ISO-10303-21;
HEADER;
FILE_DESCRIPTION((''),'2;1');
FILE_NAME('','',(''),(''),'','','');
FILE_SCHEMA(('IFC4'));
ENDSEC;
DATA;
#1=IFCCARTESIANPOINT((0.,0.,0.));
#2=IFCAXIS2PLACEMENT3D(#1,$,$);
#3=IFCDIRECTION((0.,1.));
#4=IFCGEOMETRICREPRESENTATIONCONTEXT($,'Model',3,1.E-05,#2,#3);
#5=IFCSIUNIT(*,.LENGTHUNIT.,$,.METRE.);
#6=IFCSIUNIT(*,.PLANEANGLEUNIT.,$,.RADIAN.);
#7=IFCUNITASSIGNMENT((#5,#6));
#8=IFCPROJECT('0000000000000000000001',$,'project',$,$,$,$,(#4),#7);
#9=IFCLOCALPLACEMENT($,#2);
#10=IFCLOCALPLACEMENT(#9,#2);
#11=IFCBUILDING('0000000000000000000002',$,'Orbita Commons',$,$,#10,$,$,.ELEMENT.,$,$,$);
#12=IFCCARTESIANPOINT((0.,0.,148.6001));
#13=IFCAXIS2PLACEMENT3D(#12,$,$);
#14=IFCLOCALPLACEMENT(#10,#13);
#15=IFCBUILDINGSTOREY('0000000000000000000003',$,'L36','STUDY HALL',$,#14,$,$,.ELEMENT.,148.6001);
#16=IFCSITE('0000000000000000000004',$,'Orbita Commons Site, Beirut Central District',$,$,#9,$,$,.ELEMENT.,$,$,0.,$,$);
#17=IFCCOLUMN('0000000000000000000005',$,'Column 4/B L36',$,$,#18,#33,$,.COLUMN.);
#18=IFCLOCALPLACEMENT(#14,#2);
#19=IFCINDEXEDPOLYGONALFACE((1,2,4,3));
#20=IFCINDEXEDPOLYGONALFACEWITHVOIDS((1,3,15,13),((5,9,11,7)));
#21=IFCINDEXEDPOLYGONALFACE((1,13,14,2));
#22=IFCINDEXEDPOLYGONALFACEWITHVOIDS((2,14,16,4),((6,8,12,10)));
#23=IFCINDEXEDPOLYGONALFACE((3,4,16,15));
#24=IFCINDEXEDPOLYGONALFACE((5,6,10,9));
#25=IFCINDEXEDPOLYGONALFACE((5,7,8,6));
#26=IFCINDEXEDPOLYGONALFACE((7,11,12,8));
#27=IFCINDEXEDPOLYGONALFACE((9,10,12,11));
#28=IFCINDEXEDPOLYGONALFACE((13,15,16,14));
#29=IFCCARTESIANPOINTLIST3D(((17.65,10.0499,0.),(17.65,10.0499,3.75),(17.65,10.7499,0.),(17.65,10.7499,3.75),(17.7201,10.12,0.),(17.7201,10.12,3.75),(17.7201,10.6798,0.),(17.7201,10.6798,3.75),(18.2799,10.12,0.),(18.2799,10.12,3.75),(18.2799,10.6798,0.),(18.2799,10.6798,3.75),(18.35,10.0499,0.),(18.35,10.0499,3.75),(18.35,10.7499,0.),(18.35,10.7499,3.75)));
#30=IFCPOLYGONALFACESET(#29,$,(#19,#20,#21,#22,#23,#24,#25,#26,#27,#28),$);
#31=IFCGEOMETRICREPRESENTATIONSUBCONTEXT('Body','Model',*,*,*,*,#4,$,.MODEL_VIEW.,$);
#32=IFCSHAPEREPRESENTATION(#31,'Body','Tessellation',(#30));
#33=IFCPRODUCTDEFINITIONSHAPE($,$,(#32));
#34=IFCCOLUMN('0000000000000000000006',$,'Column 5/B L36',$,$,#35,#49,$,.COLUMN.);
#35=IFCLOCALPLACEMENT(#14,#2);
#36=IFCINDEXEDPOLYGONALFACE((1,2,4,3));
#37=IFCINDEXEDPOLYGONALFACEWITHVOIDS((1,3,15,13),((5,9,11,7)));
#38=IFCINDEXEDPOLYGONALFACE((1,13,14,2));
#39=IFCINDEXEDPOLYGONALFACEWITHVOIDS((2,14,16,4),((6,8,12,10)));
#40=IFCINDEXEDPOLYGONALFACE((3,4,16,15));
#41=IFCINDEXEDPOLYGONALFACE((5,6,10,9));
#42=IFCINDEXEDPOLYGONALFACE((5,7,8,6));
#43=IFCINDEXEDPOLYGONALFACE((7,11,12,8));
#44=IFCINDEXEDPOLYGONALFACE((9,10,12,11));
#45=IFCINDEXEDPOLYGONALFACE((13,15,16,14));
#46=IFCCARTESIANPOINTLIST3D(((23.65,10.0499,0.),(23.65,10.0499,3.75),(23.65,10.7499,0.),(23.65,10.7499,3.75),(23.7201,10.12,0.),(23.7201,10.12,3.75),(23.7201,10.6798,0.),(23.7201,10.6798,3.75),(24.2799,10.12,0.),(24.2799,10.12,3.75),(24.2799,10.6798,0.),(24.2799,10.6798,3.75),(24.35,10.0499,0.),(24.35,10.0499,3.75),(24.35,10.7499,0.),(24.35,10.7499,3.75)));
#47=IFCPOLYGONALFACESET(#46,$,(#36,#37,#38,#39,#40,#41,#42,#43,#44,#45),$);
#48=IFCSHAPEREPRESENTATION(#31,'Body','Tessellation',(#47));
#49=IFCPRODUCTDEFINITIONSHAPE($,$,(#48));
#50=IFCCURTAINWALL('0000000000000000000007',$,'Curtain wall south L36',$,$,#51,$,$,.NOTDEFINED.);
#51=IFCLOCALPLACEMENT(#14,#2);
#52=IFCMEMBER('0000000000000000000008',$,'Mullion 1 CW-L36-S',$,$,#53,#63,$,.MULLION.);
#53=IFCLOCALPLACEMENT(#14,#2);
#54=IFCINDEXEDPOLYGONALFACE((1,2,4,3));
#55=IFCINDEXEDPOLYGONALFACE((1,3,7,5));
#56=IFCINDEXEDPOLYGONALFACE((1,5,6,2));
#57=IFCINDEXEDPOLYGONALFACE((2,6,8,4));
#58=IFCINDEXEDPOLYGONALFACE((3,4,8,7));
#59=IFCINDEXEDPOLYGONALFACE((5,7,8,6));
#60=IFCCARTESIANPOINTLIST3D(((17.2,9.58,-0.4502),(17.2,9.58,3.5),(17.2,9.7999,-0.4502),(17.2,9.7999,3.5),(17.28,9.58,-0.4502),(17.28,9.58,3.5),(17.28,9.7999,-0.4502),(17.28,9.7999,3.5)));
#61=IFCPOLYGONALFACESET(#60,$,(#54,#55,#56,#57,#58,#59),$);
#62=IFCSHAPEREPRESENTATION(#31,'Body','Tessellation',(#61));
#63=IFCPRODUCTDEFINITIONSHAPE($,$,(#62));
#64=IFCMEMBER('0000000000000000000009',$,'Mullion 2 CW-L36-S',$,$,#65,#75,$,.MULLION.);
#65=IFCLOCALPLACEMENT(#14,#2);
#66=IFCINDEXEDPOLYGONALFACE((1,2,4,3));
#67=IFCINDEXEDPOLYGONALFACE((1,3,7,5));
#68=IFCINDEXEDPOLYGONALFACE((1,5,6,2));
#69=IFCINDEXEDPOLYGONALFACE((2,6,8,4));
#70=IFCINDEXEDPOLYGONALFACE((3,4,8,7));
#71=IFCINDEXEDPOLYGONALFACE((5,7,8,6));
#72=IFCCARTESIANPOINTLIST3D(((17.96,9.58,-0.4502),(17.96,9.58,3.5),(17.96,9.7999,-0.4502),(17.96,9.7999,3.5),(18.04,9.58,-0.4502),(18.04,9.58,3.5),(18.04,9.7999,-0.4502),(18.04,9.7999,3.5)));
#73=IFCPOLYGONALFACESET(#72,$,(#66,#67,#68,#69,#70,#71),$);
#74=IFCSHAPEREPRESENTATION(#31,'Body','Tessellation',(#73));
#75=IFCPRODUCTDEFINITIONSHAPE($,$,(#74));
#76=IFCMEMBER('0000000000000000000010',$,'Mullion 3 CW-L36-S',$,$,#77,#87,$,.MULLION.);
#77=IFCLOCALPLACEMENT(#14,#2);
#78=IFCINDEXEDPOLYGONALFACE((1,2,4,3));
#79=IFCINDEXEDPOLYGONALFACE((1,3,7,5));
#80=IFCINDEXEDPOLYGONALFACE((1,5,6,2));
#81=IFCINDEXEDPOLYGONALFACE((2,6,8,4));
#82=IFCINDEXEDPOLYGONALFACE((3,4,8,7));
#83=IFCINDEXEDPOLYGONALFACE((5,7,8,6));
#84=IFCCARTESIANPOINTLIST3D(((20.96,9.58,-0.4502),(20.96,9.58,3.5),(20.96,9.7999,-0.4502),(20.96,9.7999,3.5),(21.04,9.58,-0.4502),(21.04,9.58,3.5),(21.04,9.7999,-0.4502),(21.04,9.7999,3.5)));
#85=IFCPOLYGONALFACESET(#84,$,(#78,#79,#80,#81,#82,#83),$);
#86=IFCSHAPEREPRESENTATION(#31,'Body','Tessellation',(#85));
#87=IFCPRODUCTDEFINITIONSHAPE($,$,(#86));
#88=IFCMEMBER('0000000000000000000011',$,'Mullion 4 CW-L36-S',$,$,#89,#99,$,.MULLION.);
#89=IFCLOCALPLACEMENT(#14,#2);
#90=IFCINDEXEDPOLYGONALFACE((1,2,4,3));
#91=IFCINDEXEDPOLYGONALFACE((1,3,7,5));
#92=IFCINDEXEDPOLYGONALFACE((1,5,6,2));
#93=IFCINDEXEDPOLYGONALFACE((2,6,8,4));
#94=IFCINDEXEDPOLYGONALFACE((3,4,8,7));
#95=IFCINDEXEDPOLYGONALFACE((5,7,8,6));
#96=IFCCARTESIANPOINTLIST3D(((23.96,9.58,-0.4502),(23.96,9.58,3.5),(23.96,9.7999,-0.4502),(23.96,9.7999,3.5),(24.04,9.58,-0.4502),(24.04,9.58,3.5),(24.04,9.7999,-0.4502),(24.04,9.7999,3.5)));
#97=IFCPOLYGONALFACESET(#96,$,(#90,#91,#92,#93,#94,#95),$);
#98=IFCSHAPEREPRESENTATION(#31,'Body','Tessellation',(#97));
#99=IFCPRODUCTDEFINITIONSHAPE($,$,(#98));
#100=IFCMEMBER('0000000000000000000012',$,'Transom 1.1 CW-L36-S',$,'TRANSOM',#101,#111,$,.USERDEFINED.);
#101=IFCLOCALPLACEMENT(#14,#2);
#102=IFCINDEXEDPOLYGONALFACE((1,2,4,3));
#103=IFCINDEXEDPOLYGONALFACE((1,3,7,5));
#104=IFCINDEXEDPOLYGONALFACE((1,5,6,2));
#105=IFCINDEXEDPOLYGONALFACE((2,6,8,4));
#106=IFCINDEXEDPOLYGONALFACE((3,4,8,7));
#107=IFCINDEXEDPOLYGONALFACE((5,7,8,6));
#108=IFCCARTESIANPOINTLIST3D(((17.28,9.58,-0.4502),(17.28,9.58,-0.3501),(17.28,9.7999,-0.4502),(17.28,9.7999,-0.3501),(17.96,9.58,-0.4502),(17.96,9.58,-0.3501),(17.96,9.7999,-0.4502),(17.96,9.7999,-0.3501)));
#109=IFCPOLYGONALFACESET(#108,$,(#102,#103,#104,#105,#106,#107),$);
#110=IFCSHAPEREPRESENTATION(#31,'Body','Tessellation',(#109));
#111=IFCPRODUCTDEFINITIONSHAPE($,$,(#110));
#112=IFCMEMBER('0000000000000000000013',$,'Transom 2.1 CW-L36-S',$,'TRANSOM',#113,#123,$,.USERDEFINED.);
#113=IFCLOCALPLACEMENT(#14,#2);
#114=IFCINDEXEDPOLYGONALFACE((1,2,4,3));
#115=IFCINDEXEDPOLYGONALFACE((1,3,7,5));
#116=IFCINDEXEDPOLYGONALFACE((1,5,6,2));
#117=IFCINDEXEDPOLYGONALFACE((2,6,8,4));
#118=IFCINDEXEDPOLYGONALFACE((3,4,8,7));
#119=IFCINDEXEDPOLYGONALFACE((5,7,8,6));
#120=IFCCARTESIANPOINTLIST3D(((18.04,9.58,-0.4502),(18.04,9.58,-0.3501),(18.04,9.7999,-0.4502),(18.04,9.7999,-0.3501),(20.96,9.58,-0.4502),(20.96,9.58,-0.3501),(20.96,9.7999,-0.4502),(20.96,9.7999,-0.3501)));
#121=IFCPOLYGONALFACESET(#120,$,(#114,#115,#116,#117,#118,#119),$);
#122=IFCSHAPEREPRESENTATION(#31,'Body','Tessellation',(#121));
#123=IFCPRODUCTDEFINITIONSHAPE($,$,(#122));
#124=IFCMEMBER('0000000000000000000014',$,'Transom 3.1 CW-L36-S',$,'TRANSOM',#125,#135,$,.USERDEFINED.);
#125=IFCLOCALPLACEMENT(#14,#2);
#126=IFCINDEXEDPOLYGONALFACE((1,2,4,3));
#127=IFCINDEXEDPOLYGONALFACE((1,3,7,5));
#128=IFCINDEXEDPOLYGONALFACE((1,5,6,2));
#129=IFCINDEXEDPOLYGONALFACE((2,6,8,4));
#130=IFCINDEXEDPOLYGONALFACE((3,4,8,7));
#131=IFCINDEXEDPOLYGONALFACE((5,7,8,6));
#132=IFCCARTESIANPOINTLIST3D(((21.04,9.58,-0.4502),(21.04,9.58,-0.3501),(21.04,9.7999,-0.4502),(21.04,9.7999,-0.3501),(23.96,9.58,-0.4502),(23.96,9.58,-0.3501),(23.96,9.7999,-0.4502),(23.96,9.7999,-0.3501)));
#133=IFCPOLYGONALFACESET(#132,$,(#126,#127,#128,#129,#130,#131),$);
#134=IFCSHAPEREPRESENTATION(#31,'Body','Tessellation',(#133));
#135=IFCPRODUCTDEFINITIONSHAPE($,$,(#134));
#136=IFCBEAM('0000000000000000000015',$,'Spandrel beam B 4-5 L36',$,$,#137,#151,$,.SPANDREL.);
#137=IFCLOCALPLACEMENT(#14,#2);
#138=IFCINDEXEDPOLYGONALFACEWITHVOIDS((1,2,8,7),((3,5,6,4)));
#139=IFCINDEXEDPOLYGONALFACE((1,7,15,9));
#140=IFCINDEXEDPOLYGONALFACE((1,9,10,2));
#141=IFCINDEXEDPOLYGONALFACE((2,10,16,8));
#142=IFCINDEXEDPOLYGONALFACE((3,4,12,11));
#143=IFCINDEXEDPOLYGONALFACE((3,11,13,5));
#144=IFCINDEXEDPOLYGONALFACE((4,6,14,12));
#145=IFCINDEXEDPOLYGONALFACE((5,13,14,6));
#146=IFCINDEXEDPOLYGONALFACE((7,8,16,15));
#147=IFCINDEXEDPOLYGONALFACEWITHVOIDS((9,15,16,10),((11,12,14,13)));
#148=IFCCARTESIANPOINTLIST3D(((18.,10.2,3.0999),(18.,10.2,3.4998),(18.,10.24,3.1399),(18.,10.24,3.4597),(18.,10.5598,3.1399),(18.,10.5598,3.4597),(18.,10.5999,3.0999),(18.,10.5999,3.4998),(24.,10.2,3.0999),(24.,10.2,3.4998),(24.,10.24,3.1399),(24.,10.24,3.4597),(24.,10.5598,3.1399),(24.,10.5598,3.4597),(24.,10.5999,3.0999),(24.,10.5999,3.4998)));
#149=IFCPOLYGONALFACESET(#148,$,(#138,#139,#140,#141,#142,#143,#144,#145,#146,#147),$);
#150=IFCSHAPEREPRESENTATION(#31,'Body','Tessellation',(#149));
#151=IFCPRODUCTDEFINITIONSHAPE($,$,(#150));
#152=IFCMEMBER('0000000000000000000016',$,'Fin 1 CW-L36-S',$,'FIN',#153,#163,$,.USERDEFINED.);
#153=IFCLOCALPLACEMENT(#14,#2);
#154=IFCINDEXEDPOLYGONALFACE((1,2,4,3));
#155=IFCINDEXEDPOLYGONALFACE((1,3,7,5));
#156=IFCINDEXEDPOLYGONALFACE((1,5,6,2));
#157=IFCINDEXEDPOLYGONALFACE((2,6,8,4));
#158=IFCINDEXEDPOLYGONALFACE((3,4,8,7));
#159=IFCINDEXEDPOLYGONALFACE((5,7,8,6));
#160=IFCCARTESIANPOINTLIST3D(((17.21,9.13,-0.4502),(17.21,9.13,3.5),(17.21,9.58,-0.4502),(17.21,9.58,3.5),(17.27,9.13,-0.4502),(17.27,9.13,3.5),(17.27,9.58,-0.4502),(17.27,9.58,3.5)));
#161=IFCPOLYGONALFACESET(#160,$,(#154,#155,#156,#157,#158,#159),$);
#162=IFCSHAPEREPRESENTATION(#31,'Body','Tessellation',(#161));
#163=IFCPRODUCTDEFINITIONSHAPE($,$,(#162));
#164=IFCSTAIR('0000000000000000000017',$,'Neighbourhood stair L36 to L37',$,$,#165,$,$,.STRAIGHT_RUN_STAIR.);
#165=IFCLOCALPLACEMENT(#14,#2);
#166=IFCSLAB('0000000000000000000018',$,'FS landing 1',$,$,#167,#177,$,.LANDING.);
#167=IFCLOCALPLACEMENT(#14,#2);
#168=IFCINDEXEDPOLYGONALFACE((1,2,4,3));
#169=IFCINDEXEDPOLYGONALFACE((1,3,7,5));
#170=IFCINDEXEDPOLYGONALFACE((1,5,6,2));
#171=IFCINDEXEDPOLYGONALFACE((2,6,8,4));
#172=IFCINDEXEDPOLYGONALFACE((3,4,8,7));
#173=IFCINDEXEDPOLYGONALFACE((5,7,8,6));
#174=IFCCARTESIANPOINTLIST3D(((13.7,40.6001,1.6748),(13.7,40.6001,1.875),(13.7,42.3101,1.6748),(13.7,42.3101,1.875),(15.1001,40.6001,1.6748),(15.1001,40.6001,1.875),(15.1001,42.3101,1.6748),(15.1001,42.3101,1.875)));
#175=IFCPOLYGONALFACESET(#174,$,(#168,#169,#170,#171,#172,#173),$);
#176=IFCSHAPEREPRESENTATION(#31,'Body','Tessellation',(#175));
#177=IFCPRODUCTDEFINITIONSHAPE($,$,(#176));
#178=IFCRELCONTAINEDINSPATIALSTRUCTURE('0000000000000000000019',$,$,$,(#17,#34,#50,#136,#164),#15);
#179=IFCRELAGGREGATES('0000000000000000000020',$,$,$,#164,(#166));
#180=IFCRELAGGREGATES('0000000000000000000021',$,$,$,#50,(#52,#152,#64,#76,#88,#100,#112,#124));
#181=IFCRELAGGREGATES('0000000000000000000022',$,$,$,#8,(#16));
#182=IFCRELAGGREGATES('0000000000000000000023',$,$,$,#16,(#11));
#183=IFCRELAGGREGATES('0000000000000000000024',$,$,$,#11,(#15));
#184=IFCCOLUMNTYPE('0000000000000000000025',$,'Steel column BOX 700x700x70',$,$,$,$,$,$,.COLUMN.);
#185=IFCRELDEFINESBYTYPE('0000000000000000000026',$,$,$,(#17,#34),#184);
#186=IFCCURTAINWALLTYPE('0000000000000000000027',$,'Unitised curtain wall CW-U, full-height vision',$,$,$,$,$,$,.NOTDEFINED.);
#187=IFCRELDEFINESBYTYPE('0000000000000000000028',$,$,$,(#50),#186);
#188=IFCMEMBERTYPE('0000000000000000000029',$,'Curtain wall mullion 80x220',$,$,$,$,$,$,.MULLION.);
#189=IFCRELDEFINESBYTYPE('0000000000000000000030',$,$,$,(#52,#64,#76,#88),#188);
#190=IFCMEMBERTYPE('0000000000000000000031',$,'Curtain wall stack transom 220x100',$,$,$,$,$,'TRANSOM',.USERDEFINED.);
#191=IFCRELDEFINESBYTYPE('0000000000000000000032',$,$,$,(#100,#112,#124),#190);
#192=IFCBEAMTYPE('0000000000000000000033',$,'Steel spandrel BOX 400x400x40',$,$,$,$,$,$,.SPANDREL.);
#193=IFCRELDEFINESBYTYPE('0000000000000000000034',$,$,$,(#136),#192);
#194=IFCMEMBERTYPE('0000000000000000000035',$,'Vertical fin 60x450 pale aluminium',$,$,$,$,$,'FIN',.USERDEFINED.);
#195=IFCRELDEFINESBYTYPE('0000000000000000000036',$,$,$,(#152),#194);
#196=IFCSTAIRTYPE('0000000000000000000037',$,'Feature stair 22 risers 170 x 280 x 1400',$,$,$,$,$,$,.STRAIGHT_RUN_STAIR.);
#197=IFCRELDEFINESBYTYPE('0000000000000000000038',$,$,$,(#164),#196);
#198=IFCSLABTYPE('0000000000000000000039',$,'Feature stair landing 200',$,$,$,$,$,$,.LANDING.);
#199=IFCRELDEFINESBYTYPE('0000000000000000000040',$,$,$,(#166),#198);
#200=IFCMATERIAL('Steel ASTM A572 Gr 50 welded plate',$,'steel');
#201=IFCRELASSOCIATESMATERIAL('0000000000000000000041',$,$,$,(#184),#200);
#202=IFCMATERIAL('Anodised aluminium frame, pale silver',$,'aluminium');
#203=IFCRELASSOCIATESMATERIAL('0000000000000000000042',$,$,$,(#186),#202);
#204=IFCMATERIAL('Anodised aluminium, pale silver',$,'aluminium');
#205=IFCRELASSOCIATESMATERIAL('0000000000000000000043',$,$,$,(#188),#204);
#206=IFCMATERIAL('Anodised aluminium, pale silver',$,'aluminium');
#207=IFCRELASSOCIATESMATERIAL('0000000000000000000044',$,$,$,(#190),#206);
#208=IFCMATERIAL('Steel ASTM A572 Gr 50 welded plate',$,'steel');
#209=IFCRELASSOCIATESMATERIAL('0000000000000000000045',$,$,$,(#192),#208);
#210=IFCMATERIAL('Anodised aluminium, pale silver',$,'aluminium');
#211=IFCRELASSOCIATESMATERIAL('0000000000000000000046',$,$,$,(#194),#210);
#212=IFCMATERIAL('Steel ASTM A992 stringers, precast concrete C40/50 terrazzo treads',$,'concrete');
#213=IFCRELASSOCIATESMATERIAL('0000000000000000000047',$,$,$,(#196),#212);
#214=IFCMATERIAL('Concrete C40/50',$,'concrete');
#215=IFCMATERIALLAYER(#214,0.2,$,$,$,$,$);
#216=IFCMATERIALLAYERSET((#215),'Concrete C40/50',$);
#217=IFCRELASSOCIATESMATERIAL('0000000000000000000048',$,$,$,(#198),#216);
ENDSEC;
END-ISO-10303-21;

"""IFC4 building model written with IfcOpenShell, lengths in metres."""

from ifc_helpers import new_model, si_unit, direction, frame, origin, origin_2d, place, context, subcontext, project, spatial, polyline, rectangle, hollow_rectangle, outline, extrude, material, layer, layer_set, material_profile, profile_set, type_object, element, aggregate, save


model = new_model("IFC4")

# Units and contexts
model_context = context("Model", 3, precision=1e-05, world=origin(), true_north=direction((0.0, 1.0)))
body_context = subcontext(model_context, "Body", "Model", "MODEL_VIEW")
ifc_project = project(units=[si_unit("LENGTHUNIT", "METRE"), si_unit("PLANEANGLEUNIT", "RADIAN")], contexts=[model_context])

# Site, building, storey
site_placement = place(None, origin())
site = spatial("IfcSite", under=ifc_project, at=site_placement, Name="Orbita Commons Site, Beirut Central District", CompositionType="ELEMENT", RefElevation=0.0)
building_placement = place(site_placement, origin())
building = spatial("IfcBuilding", under=site, at=building_placement, Name="Orbita Commons", CompositionType="ELEMENT")
storey_placement = place(building_placement, frame((0.0, 0.0, 148.6001)))
storey = spatial("IfcBuildingStorey", under=building, at=storey_placement, Name="L36", Description="STUDY HALL", CompositionType="ELEMENT", Elevation=148.6001)

# Columns
ifc_material_1 = material(Name="Steel ASTM A572 Gr 50 welded plate", Category="steel")
ifc_material_profile_1 = material_profile(ifc_material_1, hollow_rectangle(XDim=0.7, YDim=0.7, WallThickness=0.0701, at=origin_2d()), Name="BOX 700x700x70")
ifc_profile_set_1 = profile_set([ifc_material_profile_1], Name="Steel ASTM A572 Gr 50 welded plate")
column_type = type_object("IfcColumnType", Name="Steel column BOX 700x700x70", PredefinedType="COLUMN", material=ifc_profile_set_1)
for number, where, z_axis, x_axis, name in (
    (1, (18.0, 10.3999, 0.0), (0.0, 0.0, 1.0), (1.0, 0.0, 0.0), "Column 4/B L36"),
    (2, (24.0, 10.3999, 0.0), (0.0, 0.0, 1.0), (1.0, 0.0, 0.0), "Column 5/B L36"),
):
    element("IfcColumn", number, at=place(storey_placement, frame(where, z_axis=z_axis, x_axis=x_axis)), inside=storey, type_object=column_type, Name=name, PredefinedType="COLUMN", context=body_context, shape_type="SweptSolid", body=[
        extrude(hollow_rectangle(XDim=0.7, YDim=0.7, WallThickness=0.0701, at=origin_2d()), origin(), (0.0, 0.0, 1.0), 3.75),
    ])

# Curtain wall, members
ifc_material_2 = material(Name="Anodised aluminium frame, pale silver", Category="aluminium")
curtain_wall_type = type_object("IfcCurtainWallType", Name="Unitised curtain wall CW-U, full-height vision", PredefinedType="NOTDEFINED", material=ifc_material_2)
curtain_wall_placement = place(storey_placement, origin())
curtain_wall = element("IfcCurtainWall", 3, at=curtain_wall_placement, inside=storey, type_object=curtain_wall_type, Name="Curtain wall south L36", PredefinedType="NOTDEFINED")
ifc_material_3 = material(Name="Anodised aluminium, pale silver", Category="aluminium")
ifc_material_profile_2 = material_profile(ifc_material_3, rectangle(XDim=0.0801, YDim=0.22, at=origin_2d()), Name="AL 80x220")
ifc_profile_set_2 = profile_set([ifc_material_profile_2], Name="Anodised aluminium, pale silver")
member_type_1 = type_object("IfcMemberType", Name="Curtain wall mullion 80x220", PredefinedType="MULLION", material=ifc_profile_set_2)
member_1_placement = place(storey_placement, frame((17.24, 9.6899, -0.4502), z_axis=(0.0, 0.0, 1.0), x_axis=(1.0, 0.0, 0.0)))
member_1 = element("IfcMember", 4, at=member_1_placement, type_object=member_type_1, Name="Mullion 1 CW-L36-S", PredefinedType="MULLION", context=body_context, shape_type="SweptSolid", body=[
    extrude(rectangle(XDim=0.0801, YDim=0.22, at=origin_2d()), origin(), (0.0, 0.0, 1.0), 3.9502),
])
member_2_placement = place(storey_placement, frame((18.0, 9.6899, -0.4502), z_axis=(0.0, 0.0, 1.0), x_axis=(1.0, 0.0, 0.0)))
member_2 = element("IfcMember", 5, at=member_2_placement, type_object=member_type_1, Name="Mullion 2 CW-L36-S", PredefinedType="MULLION", context=body_context, shape_type="SweptSolid", body=[
    extrude(rectangle(XDim=0.0801, YDim=0.22, at=origin_2d()), origin(), (0.0, 0.0, 1.0), 3.9502),
])
member_3_placement = place(storey_placement, frame((21.0, 9.6899, -0.4502), z_axis=(0.0, 0.0, 1.0), x_axis=(1.0, 0.0, 0.0)))
member_3 = element("IfcMember", 6, at=member_3_placement, type_object=member_type_1, Name="Mullion 3 CW-L36-S", PredefinedType="MULLION", context=body_context, shape_type="SweptSolid", body=[
    extrude(rectangle(XDim=0.0801, YDim=0.22, at=origin_2d()), origin(), (0.0, 0.0, 1.0), 3.9502),
])
member_4_placement = place(storey_placement, frame((24.0, 9.6899, -0.4502), z_axis=(0.0, 0.0, 1.0), x_axis=(1.0, 0.0, 0.0)))
member_4 = element("IfcMember", 7, at=member_4_placement, type_object=member_type_1, Name="Mullion 4 CW-L36-S", PredefinedType="MULLION", context=body_context, shape_type="SweptSolid", body=[
    extrude(rectangle(XDim=0.0801, YDim=0.22, at=origin_2d()), origin(), (0.0, 0.0, 1.0), 3.9502),
])
ifc_material_4 = material(Name="Anodised aluminium, pale silver", Category="aluminium")
ifc_material_profile_3 = material_profile(ifc_material_4, rectangle(XDim=0.22, YDim=0.1001, at=origin_2d()), Name="AL 220x100")
ifc_profile_set_3 = profile_set([ifc_material_profile_3], Name="Anodised aluminium, pale silver")
member_type_2 = type_object("IfcMemberType", Name="Curtain wall stack transom 220x100", ElementType="TRANSOM", PredefinedType="USERDEFINED", material=ifc_profile_set_3)
member_5_placement = place(storey_placement, frame((17.28, 9.6899, -0.4001), z_axis=(1.0, 0.0, 0.0), x_axis=(0.0, 1.0, 0.0)))
member_5 = element("IfcMember", 8, at=member_5_placement, type_object=member_type_2, Name="Transom 1.1 CW-L36-S", ObjectType="TRANSOM", PredefinedType="USERDEFINED", context=body_context, shape_type="SweptSolid", body=[
    extrude(rectangle(XDim=0.22, YDim=0.1001, at=origin_2d()), origin(), (0.0, 0.0, 1.0), 0.6799),
])
member_6_placement = place(storey_placement, frame((18.04, 9.6899, -0.4001), z_axis=(1.0, 0.0, 0.0), x_axis=(0.0, 1.0, 0.0)))
member_6 = element("IfcMember", 9, at=member_6_placement, type_object=member_type_2, Name="Transom 2.1 CW-L36-S", ObjectType="TRANSOM", PredefinedType="USERDEFINED", context=body_context, shape_type="SweptSolid", body=[
    extrude(rectangle(XDim=0.22, YDim=0.1001, at=origin_2d()), origin(), (0.0, 0.0, 1.0), 2.9199),
])
member_7_placement = place(storey_placement, frame((21.04, 9.6899, -0.4001), z_axis=(1.0, 0.0, 0.0), x_axis=(0.0, 1.0, 0.0)))
member_7 = element("IfcMember", 10, at=member_7_placement, type_object=member_type_2, Name="Transom 3.1 CW-L36-S", ObjectType="TRANSOM", PredefinedType="USERDEFINED", context=body_context, shape_type="SweptSolid", body=[
    extrude(rectangle(XDim=0.22, YDim=0.1001, at=origin_2d()), origin(), (0.0, 0.0, 1.0), 2.9199),
])

# Beam
ifc_material_5 = material(Name="Steel ASTM A572 Gr 50 welded plate", Category="steel")
ifc_material_profile_4 = material_profile(ifc_material_5, hollow_rectangle(XDim=0.3999, YDim=0.3999, WallThickness=0.04, at=origin_2d()), Name="BOX 400x400x40")
ifc_profile_set_4 = profile_set([ifc_material_profile_4], Name="Steel ASTM A572 Gr 50 welded plate")
beam_type = type_object("IfcBeamType", Name="Steel spandrel BOX 400x400x40", PredefinedType="SPANDREL", material=ifc_profile_set_4)
beam_placement = place(storey_placement, frame((18.0, 10.3999, 3.2998), z_axis=(1.0, 0.0, 0.0), x_axis=(0.0, 1.0, 0.0)))
element("IfcBeam", 11, at=beam_placement, inside=storey, type_object=beam_type, Name="Spandrel beam B 4-5 L36", PredefinedType="SPANDREL", context=body_context, shape_type="SweptSolid", body=[
    extrude(hollow_rectangle(XDim=0.3999, YDim=0.3999, WallThickness=0.04, at=origin_2d()), origin(), (0.0, 0.0, 1.0), 6.0),
])

# Member
ifc_material_6 = material(Name="Anodised aluminium, pale silver", Category="aluminium")
ifc_material_profile_5 = material_profile(ifc_material_6, rectangle(XDim=0.0601, YDim=0.45, at=origin_2d()), Name="FIN 60x450")
ifc_profile_set_5 = profile_set([ifc_material_profile_5], Name="Anodised aluminium, pale silver")
member_type_3 = type_object("IfcMemberType", Name="Vertical fin 60x450 pale aluminium", ElementType="FIN", PredefinedType="USERDEFINED", material=ifc_profile_set_5)
member_8_placement = place(storey_placement, frame((17.24, 9.355, -0.4502), z_axis=(0.0, 0.0, 1.0), x_axis=(1.0, 0.0, 0.0)))
member_8 = element("IfcMember", 12, at=member_8_placement, type_object=member_type_3, Name="Fin 1 CW-L36-S", ObjectType="FIN", PredefinedType="USERDEFINED", context=body_context, shape_type="SweptSolid", body=[
    extrude(rectangle(XDim=0.0601, YDim=0.45, at=origin_2d()), origin(), (0.0, 0.0, 1.0), 3.9502),
])

# Stair, slab
ifc_material_7 = material(Name="Steel ASTM A992 stringers, precast concrete C40/50 terrazzo treads", Category="concrete")
stair_type_1 = type_object("IfcStairType", Name="Feature stair 22 risers 170 x 280 x 1400", PredefinedType="STRAIGHT_RUN_STAIR", material=ifc_material_7)
stair_1_placement = place(storey_placement, origin())
stair_1 = element("IfcStair", 13, at=stair_1_placement, inside=storey, type_object=stair_type_1, Name="Neighbourhood stair L36 to L37", PredefinedType="STRAIGHT_RUN_STAIR")
ifc_material_8 = material(Name="Concrete C40/50", Category="concrete")
ifc_layer_1 = layer(ifc_material_8, 0.2)
ifc_layer_set_1 = layer_set([ifc_layer_1], Name="Concrete C40/50")
slab_type_1 = type_object("IfcSlabType", Name="Feature stair landing 200", PredefinedType="LANDING", material=ifc_layer_set_1)
slab_1_placement = place(storey_placement, frame((0.0, 0.0, 1.6748)))
slab_1 = element("IfcSlab", 14, at=slab_1_placement, type_object=slab_type_1, Name="FS landing 1", PredefinedType="LANDING", context=body_context, shape_type="SweptSolid", body=[
    extrude(outline(polyline([(13.7, 40.6001), (15.1001, 40.6001), (15.1001, 42.3101), (13.7, 42.3101), (13.7, 40.6001)])), origin(), (0.0, 0.0, 1.0), 0.2002),
])
aggregate(stair_1, [slab_1])

aggregate(curtain_wall, [member_1, member_8, member_2, member_3, member_4, member_5, member_6, member_7])

save(model, "model.ifc")
